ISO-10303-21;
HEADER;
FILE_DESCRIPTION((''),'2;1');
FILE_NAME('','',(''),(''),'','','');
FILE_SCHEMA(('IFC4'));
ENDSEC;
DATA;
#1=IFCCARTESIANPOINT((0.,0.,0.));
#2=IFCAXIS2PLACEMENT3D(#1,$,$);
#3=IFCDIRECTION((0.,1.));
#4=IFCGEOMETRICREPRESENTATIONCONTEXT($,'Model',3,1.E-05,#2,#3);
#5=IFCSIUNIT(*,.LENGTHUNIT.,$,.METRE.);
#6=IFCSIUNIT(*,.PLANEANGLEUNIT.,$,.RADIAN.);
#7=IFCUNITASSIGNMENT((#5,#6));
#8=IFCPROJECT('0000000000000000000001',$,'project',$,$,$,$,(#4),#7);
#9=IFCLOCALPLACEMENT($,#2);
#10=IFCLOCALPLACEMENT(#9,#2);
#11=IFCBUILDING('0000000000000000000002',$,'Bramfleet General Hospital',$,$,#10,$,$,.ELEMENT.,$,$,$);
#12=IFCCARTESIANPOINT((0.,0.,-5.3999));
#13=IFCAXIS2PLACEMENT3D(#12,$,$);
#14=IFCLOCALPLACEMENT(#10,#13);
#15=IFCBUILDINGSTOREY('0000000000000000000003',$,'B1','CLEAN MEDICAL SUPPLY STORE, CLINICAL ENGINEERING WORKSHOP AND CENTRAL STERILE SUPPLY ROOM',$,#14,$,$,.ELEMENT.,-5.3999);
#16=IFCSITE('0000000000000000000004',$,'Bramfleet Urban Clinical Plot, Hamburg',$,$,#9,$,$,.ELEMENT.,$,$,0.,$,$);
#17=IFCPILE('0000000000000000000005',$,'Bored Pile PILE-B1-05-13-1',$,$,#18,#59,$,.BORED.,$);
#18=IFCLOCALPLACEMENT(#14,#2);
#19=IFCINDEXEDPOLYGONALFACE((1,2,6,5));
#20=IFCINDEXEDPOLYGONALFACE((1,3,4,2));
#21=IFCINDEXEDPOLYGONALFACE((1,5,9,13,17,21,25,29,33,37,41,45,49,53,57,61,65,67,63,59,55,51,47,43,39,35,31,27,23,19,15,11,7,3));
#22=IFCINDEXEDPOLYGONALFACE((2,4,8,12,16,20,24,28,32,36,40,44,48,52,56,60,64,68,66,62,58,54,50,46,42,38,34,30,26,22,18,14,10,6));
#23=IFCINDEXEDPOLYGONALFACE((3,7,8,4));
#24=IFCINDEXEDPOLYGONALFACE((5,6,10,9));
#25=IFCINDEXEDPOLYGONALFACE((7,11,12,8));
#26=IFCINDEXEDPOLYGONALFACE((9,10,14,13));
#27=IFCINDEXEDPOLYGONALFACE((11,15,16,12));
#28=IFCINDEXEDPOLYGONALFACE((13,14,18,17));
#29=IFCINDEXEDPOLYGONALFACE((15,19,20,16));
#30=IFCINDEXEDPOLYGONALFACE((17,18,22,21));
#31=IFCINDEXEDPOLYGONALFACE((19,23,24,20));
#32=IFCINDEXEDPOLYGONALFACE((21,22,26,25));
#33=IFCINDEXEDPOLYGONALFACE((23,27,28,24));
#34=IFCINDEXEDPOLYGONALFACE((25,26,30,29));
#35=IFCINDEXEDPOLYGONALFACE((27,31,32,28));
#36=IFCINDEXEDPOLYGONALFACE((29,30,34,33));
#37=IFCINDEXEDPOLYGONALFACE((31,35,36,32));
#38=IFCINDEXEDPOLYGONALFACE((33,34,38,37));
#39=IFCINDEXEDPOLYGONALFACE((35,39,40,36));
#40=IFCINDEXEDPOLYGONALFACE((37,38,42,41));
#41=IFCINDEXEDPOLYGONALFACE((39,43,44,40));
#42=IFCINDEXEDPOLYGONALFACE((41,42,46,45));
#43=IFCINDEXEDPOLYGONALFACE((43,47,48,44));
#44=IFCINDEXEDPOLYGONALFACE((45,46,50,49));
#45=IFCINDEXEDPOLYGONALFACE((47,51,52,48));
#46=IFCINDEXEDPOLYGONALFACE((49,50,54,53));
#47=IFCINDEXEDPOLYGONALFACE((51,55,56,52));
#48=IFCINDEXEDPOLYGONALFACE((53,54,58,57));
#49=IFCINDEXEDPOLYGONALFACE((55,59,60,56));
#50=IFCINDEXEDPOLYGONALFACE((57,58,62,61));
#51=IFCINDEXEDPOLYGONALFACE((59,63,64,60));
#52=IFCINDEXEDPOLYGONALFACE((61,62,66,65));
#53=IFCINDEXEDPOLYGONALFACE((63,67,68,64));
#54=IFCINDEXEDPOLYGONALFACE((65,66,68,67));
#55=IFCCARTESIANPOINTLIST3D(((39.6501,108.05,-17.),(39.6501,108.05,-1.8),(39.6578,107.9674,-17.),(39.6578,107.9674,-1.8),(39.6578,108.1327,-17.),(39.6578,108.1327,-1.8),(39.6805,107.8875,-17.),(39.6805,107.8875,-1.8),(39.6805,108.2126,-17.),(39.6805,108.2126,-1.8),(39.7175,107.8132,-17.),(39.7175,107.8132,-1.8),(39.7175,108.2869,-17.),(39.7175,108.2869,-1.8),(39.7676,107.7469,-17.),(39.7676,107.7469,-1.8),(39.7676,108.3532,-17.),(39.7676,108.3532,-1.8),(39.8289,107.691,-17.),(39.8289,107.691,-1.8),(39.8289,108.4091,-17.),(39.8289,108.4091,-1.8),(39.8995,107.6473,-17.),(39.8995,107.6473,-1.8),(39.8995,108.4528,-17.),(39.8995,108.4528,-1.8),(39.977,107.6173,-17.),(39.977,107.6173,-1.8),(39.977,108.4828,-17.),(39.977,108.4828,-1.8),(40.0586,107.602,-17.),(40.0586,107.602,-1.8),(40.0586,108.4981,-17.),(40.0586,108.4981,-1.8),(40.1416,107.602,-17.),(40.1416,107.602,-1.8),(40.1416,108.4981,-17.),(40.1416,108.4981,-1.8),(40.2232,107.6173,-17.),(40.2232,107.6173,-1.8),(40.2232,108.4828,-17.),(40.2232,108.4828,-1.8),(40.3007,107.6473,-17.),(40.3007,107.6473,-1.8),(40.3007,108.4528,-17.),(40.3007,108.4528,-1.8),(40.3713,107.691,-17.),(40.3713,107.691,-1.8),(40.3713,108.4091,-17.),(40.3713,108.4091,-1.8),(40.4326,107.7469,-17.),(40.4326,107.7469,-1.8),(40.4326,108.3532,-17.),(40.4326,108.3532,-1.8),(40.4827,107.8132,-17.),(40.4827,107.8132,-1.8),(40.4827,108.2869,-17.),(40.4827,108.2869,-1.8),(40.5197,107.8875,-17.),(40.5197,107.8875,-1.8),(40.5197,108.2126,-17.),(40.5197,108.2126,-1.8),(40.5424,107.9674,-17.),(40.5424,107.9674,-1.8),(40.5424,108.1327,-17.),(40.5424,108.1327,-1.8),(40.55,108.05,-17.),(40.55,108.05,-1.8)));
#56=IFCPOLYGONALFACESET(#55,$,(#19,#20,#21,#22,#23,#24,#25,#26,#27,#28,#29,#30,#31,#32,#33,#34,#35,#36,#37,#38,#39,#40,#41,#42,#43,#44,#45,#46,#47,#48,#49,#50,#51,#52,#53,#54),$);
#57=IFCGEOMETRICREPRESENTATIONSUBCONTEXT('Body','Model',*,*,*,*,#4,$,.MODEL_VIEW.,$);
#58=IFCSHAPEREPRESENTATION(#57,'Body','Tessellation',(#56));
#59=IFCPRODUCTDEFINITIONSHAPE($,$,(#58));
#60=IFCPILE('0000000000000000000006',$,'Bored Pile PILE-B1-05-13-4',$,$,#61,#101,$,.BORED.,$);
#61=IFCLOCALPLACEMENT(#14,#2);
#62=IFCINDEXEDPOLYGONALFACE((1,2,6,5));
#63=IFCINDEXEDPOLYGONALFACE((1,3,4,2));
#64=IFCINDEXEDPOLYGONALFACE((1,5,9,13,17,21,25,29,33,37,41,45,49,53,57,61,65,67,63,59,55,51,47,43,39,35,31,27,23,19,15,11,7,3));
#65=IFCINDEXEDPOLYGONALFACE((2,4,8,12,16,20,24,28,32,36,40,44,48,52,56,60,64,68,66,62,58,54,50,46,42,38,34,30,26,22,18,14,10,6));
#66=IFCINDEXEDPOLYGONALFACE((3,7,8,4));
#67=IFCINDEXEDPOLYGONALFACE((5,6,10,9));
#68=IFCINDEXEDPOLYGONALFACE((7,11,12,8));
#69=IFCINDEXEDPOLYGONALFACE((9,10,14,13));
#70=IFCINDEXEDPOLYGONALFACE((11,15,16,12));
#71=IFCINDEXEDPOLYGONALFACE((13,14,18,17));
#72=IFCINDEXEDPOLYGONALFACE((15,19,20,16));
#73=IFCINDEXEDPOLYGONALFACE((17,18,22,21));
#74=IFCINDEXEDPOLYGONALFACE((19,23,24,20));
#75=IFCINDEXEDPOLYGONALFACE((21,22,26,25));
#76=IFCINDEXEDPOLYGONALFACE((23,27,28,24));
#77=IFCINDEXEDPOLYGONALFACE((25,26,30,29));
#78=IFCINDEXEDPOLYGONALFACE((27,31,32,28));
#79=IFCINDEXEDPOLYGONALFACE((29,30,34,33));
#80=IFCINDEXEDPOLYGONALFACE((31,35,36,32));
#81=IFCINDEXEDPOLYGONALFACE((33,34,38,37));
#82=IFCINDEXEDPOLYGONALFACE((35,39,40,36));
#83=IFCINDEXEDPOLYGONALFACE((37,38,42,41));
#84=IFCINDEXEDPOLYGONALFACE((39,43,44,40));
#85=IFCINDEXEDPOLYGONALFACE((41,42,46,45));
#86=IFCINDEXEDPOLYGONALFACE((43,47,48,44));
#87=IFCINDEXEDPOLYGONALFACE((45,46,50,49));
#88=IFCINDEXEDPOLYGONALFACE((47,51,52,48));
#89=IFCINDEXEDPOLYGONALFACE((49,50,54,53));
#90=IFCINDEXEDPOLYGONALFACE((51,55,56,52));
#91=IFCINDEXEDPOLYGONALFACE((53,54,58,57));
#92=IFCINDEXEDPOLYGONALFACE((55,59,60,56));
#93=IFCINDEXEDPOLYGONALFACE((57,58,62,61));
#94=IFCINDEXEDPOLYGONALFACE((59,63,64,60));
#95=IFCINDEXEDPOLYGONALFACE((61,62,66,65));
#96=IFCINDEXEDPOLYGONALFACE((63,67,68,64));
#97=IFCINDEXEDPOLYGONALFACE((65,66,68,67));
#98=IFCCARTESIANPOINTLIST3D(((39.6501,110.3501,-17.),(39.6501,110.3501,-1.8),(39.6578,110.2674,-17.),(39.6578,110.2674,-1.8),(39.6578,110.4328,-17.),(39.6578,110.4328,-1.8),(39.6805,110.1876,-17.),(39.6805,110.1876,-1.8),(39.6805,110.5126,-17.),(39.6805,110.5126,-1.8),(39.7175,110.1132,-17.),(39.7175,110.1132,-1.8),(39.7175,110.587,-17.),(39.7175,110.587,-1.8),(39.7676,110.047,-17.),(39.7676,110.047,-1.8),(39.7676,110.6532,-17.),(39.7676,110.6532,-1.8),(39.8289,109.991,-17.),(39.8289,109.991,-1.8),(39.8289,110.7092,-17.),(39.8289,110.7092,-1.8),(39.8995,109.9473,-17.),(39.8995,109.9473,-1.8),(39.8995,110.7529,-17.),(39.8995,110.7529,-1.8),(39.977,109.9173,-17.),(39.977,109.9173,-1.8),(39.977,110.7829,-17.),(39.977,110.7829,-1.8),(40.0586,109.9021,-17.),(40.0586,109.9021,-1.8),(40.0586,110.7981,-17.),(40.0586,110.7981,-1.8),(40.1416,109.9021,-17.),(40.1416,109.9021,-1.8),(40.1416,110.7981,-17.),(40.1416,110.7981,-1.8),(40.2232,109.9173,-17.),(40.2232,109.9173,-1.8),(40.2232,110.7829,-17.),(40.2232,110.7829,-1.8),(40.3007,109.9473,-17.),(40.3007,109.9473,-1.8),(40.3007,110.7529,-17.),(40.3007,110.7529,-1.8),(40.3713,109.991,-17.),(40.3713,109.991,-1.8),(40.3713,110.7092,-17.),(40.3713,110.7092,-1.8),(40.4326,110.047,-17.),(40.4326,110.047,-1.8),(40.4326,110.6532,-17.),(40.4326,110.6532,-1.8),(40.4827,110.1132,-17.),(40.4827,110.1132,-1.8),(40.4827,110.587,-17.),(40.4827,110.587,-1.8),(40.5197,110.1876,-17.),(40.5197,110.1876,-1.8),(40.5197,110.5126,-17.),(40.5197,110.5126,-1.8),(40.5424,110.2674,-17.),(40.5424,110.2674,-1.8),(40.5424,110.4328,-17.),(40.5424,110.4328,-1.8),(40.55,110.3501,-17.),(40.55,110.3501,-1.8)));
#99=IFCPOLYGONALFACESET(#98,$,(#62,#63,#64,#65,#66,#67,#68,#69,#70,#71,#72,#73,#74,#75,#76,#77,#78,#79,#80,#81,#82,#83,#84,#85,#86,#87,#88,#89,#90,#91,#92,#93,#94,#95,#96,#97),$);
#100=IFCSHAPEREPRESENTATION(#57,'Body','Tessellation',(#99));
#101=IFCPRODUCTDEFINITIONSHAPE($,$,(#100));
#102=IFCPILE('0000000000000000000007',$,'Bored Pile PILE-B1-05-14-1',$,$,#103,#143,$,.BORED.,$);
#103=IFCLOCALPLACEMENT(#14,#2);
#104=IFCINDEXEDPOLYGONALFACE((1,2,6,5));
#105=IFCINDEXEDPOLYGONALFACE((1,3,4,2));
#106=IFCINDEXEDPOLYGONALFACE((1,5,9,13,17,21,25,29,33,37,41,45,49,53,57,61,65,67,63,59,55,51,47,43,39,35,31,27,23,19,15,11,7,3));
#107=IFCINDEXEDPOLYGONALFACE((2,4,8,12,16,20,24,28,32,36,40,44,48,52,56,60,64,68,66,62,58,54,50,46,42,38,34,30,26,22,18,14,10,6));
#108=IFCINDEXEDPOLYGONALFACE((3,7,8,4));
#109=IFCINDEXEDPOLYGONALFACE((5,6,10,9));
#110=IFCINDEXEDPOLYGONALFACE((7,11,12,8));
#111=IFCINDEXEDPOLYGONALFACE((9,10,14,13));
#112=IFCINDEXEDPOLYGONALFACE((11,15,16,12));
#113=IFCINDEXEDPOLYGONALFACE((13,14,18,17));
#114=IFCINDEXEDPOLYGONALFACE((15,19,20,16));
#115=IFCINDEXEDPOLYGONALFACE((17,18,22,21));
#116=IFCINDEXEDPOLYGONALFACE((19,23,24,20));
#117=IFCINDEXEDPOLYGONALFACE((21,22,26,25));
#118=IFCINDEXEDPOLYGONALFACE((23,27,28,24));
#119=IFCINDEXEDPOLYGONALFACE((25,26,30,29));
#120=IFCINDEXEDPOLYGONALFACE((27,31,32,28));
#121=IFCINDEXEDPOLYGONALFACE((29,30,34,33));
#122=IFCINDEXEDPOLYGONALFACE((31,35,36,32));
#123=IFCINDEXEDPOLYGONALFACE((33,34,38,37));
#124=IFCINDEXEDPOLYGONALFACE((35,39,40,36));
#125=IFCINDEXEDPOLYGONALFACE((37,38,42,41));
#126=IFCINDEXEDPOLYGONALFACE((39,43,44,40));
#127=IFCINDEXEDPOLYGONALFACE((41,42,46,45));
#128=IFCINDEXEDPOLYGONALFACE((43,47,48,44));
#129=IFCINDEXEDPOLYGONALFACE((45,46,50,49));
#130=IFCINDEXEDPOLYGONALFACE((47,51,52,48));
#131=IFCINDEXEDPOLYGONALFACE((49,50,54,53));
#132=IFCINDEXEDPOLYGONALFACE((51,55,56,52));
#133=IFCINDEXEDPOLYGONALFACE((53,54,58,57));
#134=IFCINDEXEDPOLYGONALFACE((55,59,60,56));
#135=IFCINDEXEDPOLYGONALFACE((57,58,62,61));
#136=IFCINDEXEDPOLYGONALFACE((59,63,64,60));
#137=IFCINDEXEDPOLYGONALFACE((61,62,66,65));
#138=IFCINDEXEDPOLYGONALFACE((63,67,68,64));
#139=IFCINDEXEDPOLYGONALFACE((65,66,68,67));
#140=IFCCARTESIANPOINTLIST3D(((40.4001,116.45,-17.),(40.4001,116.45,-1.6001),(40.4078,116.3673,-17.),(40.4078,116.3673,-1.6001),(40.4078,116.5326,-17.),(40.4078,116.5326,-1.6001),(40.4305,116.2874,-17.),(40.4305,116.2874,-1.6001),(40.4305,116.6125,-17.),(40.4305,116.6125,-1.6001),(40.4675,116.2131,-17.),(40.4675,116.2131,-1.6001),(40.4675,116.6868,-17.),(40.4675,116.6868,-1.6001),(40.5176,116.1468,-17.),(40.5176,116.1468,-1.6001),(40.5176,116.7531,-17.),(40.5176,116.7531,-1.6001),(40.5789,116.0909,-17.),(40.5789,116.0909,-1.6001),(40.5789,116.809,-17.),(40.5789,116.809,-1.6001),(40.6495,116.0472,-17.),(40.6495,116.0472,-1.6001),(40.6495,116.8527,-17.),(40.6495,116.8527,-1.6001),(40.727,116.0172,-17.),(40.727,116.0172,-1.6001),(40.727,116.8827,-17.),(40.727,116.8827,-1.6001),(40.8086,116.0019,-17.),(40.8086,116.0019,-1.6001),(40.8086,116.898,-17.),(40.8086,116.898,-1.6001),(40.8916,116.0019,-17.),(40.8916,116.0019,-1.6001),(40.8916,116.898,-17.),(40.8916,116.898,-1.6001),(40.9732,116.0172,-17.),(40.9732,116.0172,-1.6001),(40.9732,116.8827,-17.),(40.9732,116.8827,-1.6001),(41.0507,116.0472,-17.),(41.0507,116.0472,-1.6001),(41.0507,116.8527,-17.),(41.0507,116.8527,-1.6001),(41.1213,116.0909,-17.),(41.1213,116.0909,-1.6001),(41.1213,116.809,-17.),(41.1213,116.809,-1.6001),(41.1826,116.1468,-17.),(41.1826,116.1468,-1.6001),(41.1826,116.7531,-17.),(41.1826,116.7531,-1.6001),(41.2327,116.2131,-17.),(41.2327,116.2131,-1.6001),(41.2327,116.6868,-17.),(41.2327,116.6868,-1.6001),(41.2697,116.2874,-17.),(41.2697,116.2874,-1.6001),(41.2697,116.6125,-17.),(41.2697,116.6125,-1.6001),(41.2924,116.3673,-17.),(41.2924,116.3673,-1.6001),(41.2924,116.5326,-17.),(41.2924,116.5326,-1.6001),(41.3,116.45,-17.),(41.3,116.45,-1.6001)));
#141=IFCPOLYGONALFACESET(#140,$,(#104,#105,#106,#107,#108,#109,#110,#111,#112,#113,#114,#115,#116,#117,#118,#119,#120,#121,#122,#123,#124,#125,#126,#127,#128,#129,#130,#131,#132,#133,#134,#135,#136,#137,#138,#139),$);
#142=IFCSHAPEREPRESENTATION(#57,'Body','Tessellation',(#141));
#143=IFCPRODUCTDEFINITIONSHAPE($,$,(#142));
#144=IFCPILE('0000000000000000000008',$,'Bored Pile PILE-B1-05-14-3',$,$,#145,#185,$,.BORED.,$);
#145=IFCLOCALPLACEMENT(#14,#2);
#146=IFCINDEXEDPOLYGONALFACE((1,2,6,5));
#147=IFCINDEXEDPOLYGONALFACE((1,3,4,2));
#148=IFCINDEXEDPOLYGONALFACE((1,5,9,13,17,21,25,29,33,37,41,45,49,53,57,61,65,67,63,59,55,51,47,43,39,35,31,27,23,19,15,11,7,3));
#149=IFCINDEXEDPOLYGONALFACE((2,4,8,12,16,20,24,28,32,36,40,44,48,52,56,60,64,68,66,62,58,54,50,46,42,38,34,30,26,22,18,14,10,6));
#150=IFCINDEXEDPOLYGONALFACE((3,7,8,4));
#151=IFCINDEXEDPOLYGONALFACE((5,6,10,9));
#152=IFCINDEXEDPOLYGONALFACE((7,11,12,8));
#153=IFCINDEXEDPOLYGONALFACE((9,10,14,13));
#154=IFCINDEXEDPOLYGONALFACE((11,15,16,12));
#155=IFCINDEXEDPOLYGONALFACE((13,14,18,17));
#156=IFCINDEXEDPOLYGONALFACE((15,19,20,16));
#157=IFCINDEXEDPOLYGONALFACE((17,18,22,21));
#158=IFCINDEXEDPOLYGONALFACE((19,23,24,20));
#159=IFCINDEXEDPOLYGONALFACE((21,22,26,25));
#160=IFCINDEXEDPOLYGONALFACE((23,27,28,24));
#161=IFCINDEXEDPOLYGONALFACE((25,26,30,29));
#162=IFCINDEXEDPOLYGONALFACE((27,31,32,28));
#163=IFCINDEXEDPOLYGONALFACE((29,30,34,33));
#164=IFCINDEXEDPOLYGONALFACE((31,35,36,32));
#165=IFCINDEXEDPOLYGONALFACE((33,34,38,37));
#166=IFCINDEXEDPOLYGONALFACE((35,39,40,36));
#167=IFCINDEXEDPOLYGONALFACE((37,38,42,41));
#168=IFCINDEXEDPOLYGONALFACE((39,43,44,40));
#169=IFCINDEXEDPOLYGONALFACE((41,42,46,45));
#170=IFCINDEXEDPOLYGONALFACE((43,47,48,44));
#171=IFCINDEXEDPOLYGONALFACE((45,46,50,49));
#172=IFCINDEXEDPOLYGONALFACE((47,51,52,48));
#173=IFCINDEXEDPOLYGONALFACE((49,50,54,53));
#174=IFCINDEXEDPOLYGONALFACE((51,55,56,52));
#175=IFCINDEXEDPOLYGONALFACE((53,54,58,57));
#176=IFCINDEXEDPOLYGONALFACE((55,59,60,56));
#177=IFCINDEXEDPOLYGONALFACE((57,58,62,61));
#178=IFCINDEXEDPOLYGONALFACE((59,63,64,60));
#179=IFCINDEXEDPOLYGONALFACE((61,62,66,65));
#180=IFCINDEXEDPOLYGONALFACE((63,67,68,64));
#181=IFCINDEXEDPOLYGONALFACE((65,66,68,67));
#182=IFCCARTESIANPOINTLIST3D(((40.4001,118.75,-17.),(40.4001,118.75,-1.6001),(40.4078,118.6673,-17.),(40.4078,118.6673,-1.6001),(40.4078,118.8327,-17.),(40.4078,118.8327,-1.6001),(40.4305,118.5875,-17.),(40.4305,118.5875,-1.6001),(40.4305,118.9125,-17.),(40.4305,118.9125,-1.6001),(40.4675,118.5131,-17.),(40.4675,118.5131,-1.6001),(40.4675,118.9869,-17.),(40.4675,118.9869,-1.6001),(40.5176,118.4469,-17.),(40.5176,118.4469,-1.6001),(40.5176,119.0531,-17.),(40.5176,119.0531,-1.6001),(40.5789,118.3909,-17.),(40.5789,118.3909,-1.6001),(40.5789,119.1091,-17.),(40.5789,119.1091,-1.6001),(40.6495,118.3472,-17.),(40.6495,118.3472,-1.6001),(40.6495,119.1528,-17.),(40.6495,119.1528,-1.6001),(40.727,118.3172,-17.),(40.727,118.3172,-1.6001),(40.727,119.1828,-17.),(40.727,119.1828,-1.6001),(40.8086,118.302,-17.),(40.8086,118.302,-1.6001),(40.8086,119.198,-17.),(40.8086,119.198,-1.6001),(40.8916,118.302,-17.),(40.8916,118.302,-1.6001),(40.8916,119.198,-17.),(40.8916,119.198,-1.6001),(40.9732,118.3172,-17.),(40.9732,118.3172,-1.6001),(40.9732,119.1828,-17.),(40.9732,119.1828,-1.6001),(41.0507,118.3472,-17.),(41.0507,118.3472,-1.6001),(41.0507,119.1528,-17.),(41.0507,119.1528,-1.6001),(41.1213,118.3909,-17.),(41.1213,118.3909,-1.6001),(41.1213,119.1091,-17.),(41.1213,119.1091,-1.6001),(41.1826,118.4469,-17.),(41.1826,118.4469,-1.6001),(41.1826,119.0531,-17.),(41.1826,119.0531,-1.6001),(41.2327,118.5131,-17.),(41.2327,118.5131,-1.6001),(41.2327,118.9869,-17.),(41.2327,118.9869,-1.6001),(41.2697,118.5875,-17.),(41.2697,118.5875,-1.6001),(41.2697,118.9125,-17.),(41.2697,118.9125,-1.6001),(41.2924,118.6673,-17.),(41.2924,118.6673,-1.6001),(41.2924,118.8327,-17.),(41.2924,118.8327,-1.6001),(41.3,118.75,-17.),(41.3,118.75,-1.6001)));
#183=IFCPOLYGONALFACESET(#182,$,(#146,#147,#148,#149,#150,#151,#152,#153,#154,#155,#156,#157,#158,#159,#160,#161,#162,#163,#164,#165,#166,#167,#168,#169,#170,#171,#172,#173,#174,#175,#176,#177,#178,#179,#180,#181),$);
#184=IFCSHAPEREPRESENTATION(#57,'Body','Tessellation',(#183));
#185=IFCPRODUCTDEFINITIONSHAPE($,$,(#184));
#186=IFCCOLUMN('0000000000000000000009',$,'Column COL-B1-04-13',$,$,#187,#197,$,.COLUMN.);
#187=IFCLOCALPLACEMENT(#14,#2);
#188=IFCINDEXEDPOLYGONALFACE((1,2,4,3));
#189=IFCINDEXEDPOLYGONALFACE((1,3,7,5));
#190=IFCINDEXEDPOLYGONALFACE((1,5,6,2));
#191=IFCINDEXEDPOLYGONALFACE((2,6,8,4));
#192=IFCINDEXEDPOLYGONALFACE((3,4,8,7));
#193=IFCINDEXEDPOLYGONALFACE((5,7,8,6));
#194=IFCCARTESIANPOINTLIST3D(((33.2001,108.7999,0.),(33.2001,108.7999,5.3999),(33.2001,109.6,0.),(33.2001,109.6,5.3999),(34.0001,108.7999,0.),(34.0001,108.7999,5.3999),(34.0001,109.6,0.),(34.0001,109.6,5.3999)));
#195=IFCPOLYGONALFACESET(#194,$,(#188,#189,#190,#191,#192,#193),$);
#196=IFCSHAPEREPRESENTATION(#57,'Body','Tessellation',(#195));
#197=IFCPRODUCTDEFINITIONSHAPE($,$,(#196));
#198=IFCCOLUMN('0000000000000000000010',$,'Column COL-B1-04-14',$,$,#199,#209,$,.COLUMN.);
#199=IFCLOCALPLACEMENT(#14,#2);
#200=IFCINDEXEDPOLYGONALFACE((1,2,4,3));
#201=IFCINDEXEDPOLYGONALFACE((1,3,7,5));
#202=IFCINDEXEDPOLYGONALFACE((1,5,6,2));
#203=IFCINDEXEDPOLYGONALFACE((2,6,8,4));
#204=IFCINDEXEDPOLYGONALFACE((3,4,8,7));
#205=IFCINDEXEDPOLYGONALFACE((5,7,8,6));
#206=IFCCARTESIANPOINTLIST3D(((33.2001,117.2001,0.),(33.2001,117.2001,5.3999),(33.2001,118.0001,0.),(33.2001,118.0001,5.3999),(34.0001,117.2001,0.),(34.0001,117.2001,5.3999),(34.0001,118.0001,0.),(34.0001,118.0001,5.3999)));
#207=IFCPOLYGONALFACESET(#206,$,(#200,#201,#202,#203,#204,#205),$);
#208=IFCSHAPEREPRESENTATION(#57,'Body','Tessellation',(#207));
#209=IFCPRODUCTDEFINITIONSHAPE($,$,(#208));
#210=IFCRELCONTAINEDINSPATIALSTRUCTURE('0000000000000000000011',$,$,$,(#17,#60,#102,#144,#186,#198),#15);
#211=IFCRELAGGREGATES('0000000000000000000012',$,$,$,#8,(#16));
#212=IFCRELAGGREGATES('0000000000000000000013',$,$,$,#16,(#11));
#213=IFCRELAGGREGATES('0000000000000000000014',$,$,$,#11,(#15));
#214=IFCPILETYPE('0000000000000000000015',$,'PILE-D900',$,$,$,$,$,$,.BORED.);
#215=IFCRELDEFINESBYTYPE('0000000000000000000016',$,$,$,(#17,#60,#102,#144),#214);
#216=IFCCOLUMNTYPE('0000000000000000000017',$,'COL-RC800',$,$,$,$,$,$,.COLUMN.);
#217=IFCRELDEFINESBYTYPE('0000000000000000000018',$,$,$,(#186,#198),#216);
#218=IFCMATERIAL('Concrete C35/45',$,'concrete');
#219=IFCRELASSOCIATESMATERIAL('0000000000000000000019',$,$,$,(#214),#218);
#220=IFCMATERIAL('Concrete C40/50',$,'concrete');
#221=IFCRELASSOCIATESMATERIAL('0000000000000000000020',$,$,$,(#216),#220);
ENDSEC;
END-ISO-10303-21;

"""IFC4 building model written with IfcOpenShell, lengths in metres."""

from ifc_helpers import new_model, si_unit, direction, frame, origin, origin_2d, place, context, subcontext, project, spatial, rectangle, circle, extrude, material, material_profile, profile_set, type_object, element, save


model = new_model("IFC4")

# Units and contexts
model_context = context("Model", 3, precision=1e-05, world=origin(), true_north=direction((0.0, 1.0)))
body_context = subcontext(model_context, "Body", "Model", "MODEL_VIEW")
ifc_project = project(units=[si_unit("LENGTHUNIT", "METRE"), si_unit("PLANEANGLEUNIT", "RADIAN")], contexts=[model_context])

# Site, building, storey
site_placement = place(None, origin())
site = spatial("IfcSite", under=ifc_project, at=site_placement, Name="Bramfleet Urban Clinical Plot, Hamburg", CompositionType="ELEMENT", RefElevation=0.0)
building_placement = place(site_placement, origin())
building = spatial("IfcBuilding", under=site, at=building_placement, Name="Bramfleet General Hospital", CompositionType="ELEMENT")
storey_placement = place(building_placement, frame((0.0, 0.0, -5.3999)))
storey = spatial("IfcBuildingStorey", under=building, at=storey_placement, Name="B1", Description="CLEAN MEDICAL SUPPLY STORE, CLINICAL ENGINEERING WORKSHOP AND CENTRAL STERILE SUPPLY ROOM", CompositionType="ELEMENT", Elevation=-5.3999)

# Shared definitions
ifc_material_1 = material(Name="Concrete C35/45", Category="concrete")

# Piles
ifc_material_profile_1 = material_profile(ifc_material_1, circle(Radius=0.45, at=origin_2d()), Name="PILE BORED D900")
ifc_profile_set_1 = profile_set([ifc_material_profile_1], Name="Concrete C35/45")
pile_type = type_object("IfcPileType", Name="PILE-D900", PredefinedType="BORED", material=ifc_profile_set_1)
for number, where, z_axis, x_axis, name in (
    (1, (40.1001, 108.05, -1.8), (0.0, 0.0, -1.0), (1.0, 0.0, 0.0), "Bored Pile PILE-B1-05-13-1"),
    (2, (40.1001, 110.3501, -1.8), (0.0, 0.0, -1.0), (1.0, 0.0, 0.0), "Bored Pile PILE-B1-05-13-4"),
):
    element("IfcPile", number, at=place(storey_placement, frame(where, z_axis=z_axis, x_axis=x_axis)), inside=storey, type_object=pile_type, Name=name, PredefinedType="BORED", context=body_context, shape_type="SweptSolid", body=[
        extrude(circle(Radius=0.45, at=origin_2d()), origin(), (0.0, 0.0, 1.0), 15.2),
    ])
for number, where, z_axis, x_axis, name in (
    (3, (40.8501, 116.45, -1.6001), (0.0, 0.0, -1.0), (1.0, 0.0, 0.0), "Bored Pile PILE-B1-05-14-1"),
    (4, (40.8501, 118.75, -1.6001), (0.0, 0.0, -1.0), (1.0, 0.0, 0.0), "Bored Pile PILE-B1-05-14-3"),
):
    element("IfcPile", number, at=place(storey_placement, frame(where, z_axis=z_axis, x_axis=x_axis)), inside=storey, type_object=pile_type, Name=name, PredefinedType="BORED", context=body_context, shape_type="SweptSolid", body=[
        extrude(circle(Radius=0.45, at=origin_2d()), origin(), (0.0, 0.0, 1.0), 15.3999),
    ])

# Columns
ifc_material_2 = material(Name="Concrete C40/50", Category="concrete")
ifc_material_profile_2 = material_profile(ifc_material_2, rectangle(XDim=0.8, YDim=0.8, at=origin_2d()), Name="RC COL 800x800")
ifc_profile_set_2 = profile_set([ifc_material_profile_2], Name="Concrete C40/50")
column_type = type_object("IfcColumnType", Name="COL-RC800", PredefinedType="COLUMN", material=ifc_profile_set_2)
for number, where, z_axis, x_axis, name in (
    (5, (33.6001, 109.2, 0.0), (0.0, 0.0, 1.0), (1.0, 0.0, 0.0), "Column COL-B1-04-13"),
    (6, (33.6001, 117.6001, 0.0), (0.0, 0.0, 1.0), (1.0, 0.0, 0.0), "Column COL-B1-04-14"),
):
    element("IfcColumn", number, at=place(storey_placement, frame(where, z_axis=z_axis, x_axis=x_axis)), inside=storey, type_object=column_type, Name=name, PredefinedType="COLUMN", context=body_context, shape_type="SweptSolid", body=[
        extrude(rectangle(XDim=0.8, YDim=0.8, at=origin_2d()), origin(), (0.0, 0.0, 1.0), 5.3999),
    ])

save(model, "model.ifc")
